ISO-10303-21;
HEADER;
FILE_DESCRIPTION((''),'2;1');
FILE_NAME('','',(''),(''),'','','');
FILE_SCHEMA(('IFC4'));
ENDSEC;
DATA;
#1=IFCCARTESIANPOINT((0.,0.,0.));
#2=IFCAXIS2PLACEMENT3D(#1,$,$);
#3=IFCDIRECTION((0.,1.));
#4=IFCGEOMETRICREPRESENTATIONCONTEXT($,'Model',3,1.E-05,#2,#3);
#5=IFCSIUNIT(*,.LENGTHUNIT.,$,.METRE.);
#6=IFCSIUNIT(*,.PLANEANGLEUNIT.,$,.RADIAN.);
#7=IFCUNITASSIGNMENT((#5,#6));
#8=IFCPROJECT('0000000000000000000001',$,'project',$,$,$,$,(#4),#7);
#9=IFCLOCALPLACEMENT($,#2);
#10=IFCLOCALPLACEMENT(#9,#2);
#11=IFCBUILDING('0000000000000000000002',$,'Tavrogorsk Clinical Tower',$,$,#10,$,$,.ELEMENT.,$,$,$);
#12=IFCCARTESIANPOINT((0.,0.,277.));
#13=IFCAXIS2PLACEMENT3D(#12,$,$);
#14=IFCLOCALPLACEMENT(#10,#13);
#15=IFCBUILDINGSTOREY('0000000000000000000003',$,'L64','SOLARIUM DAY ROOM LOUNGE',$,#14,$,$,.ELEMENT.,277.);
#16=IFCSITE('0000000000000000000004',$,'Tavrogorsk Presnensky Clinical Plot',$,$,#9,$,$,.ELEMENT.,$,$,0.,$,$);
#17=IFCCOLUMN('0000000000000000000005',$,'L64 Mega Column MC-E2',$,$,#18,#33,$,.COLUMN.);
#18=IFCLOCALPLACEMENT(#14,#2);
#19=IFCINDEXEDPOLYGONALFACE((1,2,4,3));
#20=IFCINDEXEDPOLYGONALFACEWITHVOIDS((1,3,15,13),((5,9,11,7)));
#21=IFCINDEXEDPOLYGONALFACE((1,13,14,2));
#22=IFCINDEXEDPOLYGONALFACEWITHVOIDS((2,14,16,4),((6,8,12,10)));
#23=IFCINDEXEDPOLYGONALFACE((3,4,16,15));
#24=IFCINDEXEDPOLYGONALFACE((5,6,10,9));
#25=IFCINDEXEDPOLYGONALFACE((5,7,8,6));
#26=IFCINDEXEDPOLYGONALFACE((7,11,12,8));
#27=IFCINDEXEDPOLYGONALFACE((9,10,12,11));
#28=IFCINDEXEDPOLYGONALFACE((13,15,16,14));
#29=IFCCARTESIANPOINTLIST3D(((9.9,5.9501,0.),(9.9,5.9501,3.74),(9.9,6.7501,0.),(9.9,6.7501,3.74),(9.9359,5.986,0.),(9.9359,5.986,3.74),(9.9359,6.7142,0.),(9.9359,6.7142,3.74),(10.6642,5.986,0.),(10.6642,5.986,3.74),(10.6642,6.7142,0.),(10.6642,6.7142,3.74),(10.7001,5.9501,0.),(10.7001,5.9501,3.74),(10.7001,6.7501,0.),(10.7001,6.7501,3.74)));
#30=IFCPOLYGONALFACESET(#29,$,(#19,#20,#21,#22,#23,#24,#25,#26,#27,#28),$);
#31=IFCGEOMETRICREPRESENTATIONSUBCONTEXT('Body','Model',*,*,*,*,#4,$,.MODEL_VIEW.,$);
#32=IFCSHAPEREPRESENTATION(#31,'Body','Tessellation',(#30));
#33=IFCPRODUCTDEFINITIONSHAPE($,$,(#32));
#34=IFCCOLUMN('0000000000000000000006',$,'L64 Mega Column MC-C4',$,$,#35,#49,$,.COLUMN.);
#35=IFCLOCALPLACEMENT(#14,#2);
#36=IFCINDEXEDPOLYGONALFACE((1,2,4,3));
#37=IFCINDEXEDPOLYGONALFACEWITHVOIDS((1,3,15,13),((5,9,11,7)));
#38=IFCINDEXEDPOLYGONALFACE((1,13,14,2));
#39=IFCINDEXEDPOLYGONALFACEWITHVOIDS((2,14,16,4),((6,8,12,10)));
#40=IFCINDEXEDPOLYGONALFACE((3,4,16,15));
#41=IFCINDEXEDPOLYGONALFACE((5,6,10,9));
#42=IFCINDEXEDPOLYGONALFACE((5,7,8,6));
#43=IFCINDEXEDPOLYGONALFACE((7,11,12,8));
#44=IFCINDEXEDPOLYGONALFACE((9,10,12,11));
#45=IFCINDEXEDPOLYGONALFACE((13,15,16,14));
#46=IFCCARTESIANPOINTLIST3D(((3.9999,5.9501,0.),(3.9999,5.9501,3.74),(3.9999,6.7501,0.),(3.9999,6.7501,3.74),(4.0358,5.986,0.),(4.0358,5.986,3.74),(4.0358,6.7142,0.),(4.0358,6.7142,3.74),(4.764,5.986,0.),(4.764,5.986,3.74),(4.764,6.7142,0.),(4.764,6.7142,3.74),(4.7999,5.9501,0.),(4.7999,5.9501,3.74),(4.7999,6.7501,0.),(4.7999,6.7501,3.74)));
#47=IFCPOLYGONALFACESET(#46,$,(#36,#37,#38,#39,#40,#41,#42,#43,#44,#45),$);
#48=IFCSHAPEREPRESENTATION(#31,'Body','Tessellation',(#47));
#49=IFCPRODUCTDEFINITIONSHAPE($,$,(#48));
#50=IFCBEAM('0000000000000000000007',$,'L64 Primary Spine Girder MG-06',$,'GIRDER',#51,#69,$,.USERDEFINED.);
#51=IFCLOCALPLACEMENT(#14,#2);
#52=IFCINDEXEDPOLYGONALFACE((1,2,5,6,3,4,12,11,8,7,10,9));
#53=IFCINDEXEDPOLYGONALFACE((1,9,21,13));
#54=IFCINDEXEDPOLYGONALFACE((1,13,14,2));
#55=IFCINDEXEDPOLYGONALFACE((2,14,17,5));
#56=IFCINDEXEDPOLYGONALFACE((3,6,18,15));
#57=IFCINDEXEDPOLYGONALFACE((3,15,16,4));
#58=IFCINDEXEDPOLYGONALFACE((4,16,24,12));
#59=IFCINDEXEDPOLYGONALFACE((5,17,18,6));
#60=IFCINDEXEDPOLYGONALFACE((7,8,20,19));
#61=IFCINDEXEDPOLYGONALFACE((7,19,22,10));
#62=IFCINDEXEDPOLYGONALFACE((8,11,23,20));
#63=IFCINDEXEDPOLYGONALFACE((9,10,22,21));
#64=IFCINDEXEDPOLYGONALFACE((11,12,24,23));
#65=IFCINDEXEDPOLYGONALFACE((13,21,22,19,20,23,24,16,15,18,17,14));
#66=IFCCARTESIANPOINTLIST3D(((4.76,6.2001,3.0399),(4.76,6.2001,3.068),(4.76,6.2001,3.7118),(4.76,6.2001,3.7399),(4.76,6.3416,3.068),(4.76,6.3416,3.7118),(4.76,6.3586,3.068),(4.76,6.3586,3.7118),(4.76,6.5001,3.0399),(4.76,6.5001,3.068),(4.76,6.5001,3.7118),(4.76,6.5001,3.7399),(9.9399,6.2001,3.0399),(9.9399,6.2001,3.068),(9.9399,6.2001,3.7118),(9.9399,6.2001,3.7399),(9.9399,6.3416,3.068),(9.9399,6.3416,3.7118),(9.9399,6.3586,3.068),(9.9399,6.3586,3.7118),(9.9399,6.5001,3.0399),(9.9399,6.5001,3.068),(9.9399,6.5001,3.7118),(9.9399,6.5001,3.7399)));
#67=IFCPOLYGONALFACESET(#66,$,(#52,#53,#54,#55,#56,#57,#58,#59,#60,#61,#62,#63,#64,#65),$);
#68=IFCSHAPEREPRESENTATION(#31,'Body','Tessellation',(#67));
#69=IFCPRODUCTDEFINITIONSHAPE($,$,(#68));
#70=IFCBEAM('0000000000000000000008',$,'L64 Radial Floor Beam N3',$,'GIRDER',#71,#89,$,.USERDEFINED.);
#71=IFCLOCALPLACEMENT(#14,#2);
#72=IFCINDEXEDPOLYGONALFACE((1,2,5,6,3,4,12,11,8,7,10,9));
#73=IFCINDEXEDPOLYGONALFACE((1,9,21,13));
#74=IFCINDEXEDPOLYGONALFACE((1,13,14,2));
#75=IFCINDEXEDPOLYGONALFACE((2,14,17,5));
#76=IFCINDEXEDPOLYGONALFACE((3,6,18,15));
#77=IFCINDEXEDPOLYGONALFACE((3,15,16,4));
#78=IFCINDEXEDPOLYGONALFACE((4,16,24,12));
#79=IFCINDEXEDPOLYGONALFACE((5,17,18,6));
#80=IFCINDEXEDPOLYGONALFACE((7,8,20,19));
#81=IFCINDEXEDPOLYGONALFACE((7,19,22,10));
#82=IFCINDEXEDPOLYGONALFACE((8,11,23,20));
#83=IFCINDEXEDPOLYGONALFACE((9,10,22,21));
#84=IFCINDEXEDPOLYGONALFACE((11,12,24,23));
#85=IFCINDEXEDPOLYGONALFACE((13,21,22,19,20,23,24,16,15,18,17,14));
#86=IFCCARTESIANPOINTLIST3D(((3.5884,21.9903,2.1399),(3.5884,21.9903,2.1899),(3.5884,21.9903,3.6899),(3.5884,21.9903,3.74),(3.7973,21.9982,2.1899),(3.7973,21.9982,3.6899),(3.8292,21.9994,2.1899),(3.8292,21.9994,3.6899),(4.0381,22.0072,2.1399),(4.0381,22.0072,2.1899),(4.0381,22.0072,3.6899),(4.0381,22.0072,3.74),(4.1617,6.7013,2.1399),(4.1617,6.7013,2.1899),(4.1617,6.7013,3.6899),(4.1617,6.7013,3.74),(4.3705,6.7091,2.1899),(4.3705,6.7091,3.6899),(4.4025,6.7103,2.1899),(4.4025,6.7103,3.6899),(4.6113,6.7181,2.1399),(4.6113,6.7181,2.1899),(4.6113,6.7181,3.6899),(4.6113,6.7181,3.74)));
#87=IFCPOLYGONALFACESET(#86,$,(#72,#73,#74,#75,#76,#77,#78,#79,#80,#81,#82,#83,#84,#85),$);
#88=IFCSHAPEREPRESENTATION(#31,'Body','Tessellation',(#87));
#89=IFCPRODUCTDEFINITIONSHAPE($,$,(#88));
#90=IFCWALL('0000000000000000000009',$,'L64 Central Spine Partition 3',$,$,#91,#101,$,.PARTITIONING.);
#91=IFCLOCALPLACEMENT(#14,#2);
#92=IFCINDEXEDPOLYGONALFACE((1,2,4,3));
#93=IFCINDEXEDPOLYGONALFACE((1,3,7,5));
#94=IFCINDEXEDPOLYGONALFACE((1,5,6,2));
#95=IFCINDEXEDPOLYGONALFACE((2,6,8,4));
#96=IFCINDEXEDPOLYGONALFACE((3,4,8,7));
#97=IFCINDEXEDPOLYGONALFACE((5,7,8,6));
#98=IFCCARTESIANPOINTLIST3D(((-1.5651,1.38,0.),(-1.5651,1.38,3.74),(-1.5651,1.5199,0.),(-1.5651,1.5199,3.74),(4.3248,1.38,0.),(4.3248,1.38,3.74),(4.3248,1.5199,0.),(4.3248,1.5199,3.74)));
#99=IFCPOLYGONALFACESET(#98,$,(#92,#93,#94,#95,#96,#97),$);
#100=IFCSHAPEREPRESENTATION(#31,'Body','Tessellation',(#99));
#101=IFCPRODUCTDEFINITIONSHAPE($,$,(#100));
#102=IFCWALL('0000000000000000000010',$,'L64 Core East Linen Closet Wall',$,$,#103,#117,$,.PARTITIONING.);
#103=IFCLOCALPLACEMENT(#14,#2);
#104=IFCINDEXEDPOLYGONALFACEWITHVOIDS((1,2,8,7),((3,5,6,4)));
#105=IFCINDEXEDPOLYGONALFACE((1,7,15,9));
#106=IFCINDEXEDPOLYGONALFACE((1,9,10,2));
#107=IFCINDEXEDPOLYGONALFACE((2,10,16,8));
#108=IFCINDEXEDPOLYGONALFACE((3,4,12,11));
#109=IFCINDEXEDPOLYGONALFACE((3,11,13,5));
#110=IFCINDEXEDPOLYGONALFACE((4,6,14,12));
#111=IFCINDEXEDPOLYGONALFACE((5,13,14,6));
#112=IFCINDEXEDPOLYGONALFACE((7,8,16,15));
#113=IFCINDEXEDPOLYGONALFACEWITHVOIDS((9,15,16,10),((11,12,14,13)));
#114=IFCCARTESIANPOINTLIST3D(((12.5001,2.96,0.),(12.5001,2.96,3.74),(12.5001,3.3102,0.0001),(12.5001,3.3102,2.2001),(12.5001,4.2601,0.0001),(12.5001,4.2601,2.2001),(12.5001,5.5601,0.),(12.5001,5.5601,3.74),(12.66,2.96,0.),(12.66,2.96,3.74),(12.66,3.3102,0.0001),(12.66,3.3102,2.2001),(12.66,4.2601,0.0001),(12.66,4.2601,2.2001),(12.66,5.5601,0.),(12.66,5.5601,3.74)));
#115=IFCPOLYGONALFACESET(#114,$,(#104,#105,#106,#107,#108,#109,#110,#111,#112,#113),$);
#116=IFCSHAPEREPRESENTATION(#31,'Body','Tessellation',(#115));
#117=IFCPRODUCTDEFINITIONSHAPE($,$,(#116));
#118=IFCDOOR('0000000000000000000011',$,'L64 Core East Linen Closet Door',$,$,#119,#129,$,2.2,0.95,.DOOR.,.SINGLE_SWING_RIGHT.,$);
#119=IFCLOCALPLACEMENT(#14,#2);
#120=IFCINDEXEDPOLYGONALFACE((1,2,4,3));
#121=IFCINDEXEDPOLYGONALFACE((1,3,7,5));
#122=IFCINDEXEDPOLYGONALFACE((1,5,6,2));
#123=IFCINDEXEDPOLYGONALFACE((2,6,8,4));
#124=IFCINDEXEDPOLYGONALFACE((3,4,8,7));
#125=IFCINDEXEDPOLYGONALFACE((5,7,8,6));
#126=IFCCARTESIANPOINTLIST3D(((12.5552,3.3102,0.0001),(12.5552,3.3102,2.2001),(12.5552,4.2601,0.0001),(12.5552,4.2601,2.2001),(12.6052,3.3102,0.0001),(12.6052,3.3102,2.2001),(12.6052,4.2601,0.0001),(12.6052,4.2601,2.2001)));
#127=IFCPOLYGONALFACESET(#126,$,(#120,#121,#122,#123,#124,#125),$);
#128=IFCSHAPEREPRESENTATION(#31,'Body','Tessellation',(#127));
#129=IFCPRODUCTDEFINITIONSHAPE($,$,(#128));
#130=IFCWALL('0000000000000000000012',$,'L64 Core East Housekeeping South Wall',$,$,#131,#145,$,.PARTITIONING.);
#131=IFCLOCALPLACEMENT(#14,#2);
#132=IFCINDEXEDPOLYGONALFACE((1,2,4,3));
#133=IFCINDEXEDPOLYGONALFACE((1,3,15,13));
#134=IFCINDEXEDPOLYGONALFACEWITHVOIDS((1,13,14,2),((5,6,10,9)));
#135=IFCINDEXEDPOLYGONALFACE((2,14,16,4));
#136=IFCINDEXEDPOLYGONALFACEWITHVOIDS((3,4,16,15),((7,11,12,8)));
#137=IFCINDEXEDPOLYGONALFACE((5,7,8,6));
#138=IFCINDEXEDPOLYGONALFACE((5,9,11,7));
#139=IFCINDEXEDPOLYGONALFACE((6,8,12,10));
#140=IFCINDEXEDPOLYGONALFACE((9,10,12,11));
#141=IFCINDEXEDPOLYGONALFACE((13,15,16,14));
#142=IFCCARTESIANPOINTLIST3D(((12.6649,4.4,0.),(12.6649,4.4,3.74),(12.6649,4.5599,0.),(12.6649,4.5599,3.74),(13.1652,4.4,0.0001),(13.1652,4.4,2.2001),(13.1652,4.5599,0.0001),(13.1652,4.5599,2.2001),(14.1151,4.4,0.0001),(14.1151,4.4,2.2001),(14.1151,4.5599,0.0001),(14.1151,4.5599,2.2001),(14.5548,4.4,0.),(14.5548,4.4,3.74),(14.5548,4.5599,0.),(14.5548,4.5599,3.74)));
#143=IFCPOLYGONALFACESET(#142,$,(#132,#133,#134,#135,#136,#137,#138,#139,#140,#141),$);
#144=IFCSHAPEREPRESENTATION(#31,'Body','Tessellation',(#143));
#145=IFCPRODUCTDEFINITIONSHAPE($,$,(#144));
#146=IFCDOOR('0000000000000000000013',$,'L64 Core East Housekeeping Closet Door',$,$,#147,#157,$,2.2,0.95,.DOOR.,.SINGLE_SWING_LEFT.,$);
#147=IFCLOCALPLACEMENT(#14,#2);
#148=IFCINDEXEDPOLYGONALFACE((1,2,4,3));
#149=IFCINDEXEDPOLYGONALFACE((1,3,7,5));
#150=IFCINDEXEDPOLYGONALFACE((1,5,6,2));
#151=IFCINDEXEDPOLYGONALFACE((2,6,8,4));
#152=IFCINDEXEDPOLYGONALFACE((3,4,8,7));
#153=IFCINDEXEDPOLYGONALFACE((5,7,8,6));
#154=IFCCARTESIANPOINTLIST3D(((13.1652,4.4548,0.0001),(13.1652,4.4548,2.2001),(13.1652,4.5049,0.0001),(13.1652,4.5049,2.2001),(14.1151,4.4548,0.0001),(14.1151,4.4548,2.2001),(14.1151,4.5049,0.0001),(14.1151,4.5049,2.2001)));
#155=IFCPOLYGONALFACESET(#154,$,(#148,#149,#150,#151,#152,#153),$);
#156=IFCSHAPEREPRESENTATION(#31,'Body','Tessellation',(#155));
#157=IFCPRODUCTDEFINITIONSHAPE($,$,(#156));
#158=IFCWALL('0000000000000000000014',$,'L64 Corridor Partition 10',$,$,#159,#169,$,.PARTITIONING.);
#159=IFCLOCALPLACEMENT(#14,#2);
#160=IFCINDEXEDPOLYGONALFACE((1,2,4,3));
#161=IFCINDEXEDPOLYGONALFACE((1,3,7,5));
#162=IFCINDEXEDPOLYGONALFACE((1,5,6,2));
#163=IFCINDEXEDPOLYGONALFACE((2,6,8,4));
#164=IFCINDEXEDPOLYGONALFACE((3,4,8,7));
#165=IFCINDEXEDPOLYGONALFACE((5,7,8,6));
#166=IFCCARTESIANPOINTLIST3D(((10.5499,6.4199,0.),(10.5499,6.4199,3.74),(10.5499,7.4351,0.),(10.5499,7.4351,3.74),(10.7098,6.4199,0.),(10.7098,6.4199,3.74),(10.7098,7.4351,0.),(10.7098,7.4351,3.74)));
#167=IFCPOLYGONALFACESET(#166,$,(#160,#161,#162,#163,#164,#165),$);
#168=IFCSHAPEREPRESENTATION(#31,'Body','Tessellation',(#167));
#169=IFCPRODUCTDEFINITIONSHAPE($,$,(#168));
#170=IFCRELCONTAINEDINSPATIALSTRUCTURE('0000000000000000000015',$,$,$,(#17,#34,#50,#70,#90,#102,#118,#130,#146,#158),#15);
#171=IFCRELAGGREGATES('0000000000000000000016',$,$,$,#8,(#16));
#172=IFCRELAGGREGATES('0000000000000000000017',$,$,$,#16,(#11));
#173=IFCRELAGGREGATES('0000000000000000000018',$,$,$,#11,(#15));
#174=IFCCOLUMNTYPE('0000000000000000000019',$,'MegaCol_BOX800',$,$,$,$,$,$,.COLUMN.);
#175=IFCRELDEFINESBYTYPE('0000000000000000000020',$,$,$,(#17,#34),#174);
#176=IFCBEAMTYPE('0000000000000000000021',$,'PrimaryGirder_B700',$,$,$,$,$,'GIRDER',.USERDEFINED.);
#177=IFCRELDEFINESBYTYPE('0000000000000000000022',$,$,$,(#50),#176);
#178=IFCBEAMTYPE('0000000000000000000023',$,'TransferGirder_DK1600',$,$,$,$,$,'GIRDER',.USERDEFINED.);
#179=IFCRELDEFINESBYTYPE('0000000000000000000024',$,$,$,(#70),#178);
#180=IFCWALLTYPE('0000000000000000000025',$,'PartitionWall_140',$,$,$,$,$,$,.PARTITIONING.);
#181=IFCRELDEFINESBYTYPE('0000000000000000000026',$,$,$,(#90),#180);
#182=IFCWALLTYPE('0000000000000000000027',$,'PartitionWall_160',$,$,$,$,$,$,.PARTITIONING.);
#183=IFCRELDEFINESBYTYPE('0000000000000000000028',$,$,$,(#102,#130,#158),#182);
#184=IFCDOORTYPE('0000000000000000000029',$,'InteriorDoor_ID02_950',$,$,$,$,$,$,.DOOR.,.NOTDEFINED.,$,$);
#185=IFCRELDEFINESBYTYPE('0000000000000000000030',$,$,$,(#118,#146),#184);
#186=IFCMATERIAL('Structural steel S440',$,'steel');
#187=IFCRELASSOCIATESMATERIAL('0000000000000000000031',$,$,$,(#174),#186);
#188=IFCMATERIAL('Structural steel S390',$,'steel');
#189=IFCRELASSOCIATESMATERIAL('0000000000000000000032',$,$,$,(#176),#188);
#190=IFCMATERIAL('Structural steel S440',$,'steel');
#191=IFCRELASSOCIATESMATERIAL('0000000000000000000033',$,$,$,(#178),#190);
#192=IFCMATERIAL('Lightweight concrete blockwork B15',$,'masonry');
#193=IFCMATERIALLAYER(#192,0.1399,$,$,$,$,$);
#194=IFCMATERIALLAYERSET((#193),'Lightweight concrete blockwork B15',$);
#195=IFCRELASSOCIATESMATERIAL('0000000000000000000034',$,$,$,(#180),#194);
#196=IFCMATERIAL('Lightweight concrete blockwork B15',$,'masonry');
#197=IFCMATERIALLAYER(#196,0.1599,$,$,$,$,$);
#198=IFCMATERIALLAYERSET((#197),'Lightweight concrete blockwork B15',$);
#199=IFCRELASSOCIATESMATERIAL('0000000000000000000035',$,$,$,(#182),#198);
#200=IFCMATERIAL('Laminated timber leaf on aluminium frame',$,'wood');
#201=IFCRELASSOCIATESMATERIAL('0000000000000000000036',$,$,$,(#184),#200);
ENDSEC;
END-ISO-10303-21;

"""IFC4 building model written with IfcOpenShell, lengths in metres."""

from ifc_helpers import new_model, si_unit, direction, frame, frame_2d, origin, origin_2d, place, context, subcontext, project, spatial, rectangle, hollow_rectangle, i_section, extrude, material, layer, layer_set, material_profile, profile_set, type_object, element, fill, save


model = new_model("IFC4")

# Units and contexts
model_context = context("Model", 3, precision=1e-05, world=origin(), true_north=direction((0.0, 1.0)))
body_context = subcontext(model_context, "Body", "Model", "MODEL_VIEW")
ifc_project = project(units=[si_unit("LENGTHUNIT", "METRE"), si_unit("PLANEANGLEUNIT", "RADIAN")], contexts=[model_context])

# Site, building, storey
site_placement = place(None, origin())
site = spatial("IfcSite", under=ifc_project, at=site_placement, Name="Tavrogorsk Presnensky Clinical Plot", CompositionType="ELEMENT", RefElevation=0.0)
building_placement = place(site_placement, origin())
building = spatial("IfcBuilding", under=site, at=building_placement, Name="Tavrogorsk Clinical Tower", CompositionType="ELEMENT")
storey_placement = place(building_placement, frame((0.0, 0.0, 277.0)))
storey = spatial("IfcBuildingStorey", under=building, at=storey_placement, Name="L64", Description="SOLARIUM DAY ROOM LOUNGE", CompositionType="ELEMENT", Elevation=277.0)

# Columns
ifc_material_1 = material(Name="Structural steel S440", Category="steel")
ifc_material_profile_1 = material_profile(ifc_material_1, hollow_rectangle(XDim=0.8, YDim=0.8, WallThickness=0.0359, at=origin_2d()), Name="BOX-800x800x36")
ifc_profile_set_1 = profile_set([ifc_material_profile_1], Name="Structural steel S440")
column_type = type_object("IfcColumnType", Name="MegaCol_BOX800", PredefinedType="COLUMN", material=ifc_profile_set_1)
for number, where, z_axis, x_axis, name in (
    (1, (10.3, 6.3501, 0.0), (0.0, 0.0, 1.0), (1.0, 0.0, 0.0), "L64 Mega Column MC-E2"),
    (2, (4.3999, 6.3501, 0.0), (0.0, 0.0, 1.0), (1.0, 0.0, 0.0), "L64 Mega Column MC-C4"),
):
    element("IfcColumn", number, at=place(storey_placement, frame(where, z_axis=z_axis, x_axis=x_axis)), inside=storey, type_object=column_type, Name=name, PredefinedType="COLUMN", context=body_context, shape_type="SweptSolid", body=[
        extrude(hollow_rectangle(XDim=0.8, YDim=0.8, WallThickness=0.0359, at=origin_2d()), origin(), (0.0, 0.0, 1.0), 3.74),
    ])

# Beams
ifc_material_2 = material(Name="Structural steel S390", Category="steel")
ifc_material_profile_2 = material_profile(ifc_material_2, i_section(OverallWidth=0.3, OverallDepth=0.7, WebThickness=0.0171, FlangeThickness=0.0281, at=origin_2d()), Name="B-700x300x17x28")
ifc_profile_set_2 = profile_set([ifc_material_profile_2], Name="Structural steel S390")
beam_type_1 = type_object("IfcBeamType", Name="PrimaryGirder_B700", ElementType="GIRDER", PredefinedType="USERDEFINED", material=ifc_profile_set_2)
beam_1_placement = place(storey_placement, frame((4.76, 6.3501, 3.3899), z_axis=(1.0, 0.0, 0.0), x_axis=(0.0, 1.0, 0.0)))
element("IfcBeam", 3, at=beam_1_placement, inside=storey, type_object=beam_type_1, Name="L64 Primary Spine Girder MG-06", ObjectType="GIRDER", PredefinedType="USERDEFINED", context=body_context, shape_type="SweptSolid", body=[
    extrude(i_section(OverallWidth=0.3, OverallDepth=0.7, WebThickness=0.0171, FlangeThickness=0.0281, at=origin_2d()), origin(), (0.0, 0.0, 1.0), 5.1799),
])
ifc_material_3 = material(Name="Structural steel S440", Category="steel")
ifc_material_profile_3 = material_profile(ifc_material_3, i_section(OverallWidth=0.45, OverallDepth=1.6001, WebThickness=0.032, FlangeThickness=0.05, at=origin_2d()), Name="DK-1600x450x32x50")
ifc_profile_set_3 = profile_set([ifc_material_profile_3], Name="Structural steel S440")
beam_type_2 = type_object("IfcBeamType", Name="TransferGirder_DK1600", ElementType="GIRDER", PredefinedType="USERDEFINED", material=ifc_profile_set_3)
beam_2_placement = place(storey_placement, frame((4.3865, 6.7097, 2.9399), z_axis=(-0.037467, 0.999298, 0.0), x_axis=(-0.999298, -0.037467, 0.0)))
element("IfcBeam", 4, at=beam_2_placement, inside=storey, type_object=beam_type_2, Name="L64 Radial Floor Beam N3", ObjectType="GIRDER", PredefinedType="USERDEFINED", context=body_context, shape_type="SweptSolid", body=[
    extrude(i_section(OverallWidth=0.45, OverallDepth=1.6001, WebThickness=0.032, FlangeThickness=0.05, at=origin_2d()), origin(), (0.0, 0.0, 1.0), 15.2998),
])

# Wall
ifc_material_4 = material(Name="Lightweight concrete blockwork B15", Category="masonry")
ifc_layer_1 = layer(ifc_material_4, 0.1399)
ifc_layer_set_1 = layer_set([ifc_layer_1], Name="Lightweight concrete blockwork B15")
wall_type_1 = type_object("IfcWallType", Name="PartitionWall_140", PredefinedType="PARTITIONING", material=ifc_layer_set_1)
wall_1_placement = place(storey_placement, frame((-1.5649, 1.45, 0.0), z_axis=(0.0, 0.0, 1.0), x_axis=(1.0, 0.0, 0.0)))
element("IfcWall", 5, at=wall_1_placement, inside=storey, type_object=wall_type_1, Name="L64 Central Spine Partition 3", PredefinedType="PARTITIONING", context=body_context, shape_type="SweptSolid", body=[
    extrude(rectangle(XDim=5.8899, YDim=0.1399, at=frame_2d((2.9448, 0.0))), origin(), (0.0, 0.0, 1.0), 3.74),
])

# Walls, openings, doors
ifc_material_5 = material(Name="Lightweight concrete blockwork B15", Category="masonry")
ifc_layer_2 = layer(ifc_material_5, 0.1599)
ifc_layer_set_2 = layer_set([ifc_layer_2], Name="Lightweight concrete blockwork B15")
wall_type_2 = type_object("IfcWallType", Name="PartitionWall_160", PredefinedType="PARTITIONING", material=ifc_layer_set_2)
wall_2_placement = place(storey_placement, frame((12.5801, 2.96, 0.0), z_axis=(0.0, 0.0, 1.0), x_axis=(0.0, 1.0, 0.0)))
wall_2 = element("IfcWall", 6, at=wall_2_placement, inside=storey, type_object=wall_type_2, Name="L64 Core East Linen Closet Wall", PredefinedType="PARTITIONING", context=body_context, shape_type="SweptSolid", body=[
    extrude(rectangle(XDim=2.6001, YDim=0.1599, at=frame_2d((1.3, 0.0))), origin(), (0.0, 0.0, 1.0), 3.74),
])
opening_1_placement = place(wall_2_placement, frame((0.3501, 0.0, 0.0)))
opening_1 = element("IfcOpeningElement", 7, at=opening_1_placement, cuts=wall_2, PredefinedType="OPENING", context=body_context, shape_type="SweptSolid", body=[
    extrude(rectangle(XDim=0.95, YDim=2.2, at=frame_2d((0.4751, 1.1001))), frame((0.0, 0.0898, 0.0), z_axis=(0.0, -1.0, 0.0), x_axis=(1.0, 0.0, 0.0)), (0.0, 0.0, 1.0), 0.1799),
])
ifc_material_6 = material(Name="Laminated timber leaf on aluminium frame", Category="wood")
door_type_1 = type_object("IfcDoorType", Name="InteriorDoor_ID02_950", OperationType="NOTDEFINED", PredefinedType="DOOR", material=ifc_material_6)
door_1_placement = place(opening_1_placement, origin())
door_1 = element("IfcDoor", 8, at=door_1_placement, inside=storey, type_object=door_type_1, Name="L64 Core East Linen Closet Door", OperationType="SINGLE_SWING_RIGHT", OverallHeight=2.2, OverallWidth=0.95, PredefinedType="DOOR", context=body_context, shape_type="SweptSolid", body=[
    extrude(rectangle(XDim=0.95, YDim=2.2, at=frame_2d((0.4751, 1.1001))), frame((0.0, 0.0249, 0.0), z_axis=(0.0, -1.0, 0.0), x_axis=(1.0, 0.0, 0.0)), (0.0, 0.0, 1.0), 0.05),
])
fill(opening_1, door_1)
wall_3_placement = place(storey_placement, frame((12.665, 4.48, 0.0), z_axis=(0.0, 0.0, 1.0), x_axis=(1.0, 0.0, 0.0)))
wall_3 = element("IfcWall", 9, at=wall_3_placement, inside=storey, type_object=wall_type_2, Name="L64 Core East Housekeeping South Wall", PredefinedType="PARTITIONING", context=body_context, shape_type="SweptSolid", body=[
    extrude(rectangle(XDim=1.8899, YDim=0.1599, at=frame_2d((0.9448, 0.0))), origin(), (0.0, 0.0, 1.0), 3.74),
])
opening_2_placement = place(wall_3_placement, frame((0.5, 0.0, 0.0)))
opening_2 = element("IfcOpeningElement", 10, at=opening_2_placement, cuts=wall_3, PredefinedType="OPENING", context=body_context, shape_type="SweptSolid", body=[
    extrude(rectangle(XDim=0.95, YDim=2.2, at=frame_2d((0.4751, 1.1001))), frame((0.0, 0.0898, 0.0), z_axis=(0.0, -1.0, 0.0), x_axis=(1.0, 0.0, 0.0)), (0.0, 0.0, 1.0), 0.1799),
])
door_2_placement = place(opening_2_placement, origin())
door_2 = element("IfcDoor", 11, at=door_2_placement, inside=storey, type_object=door_type_1, Name="L64 Core East Housekeeping Closet Door", OperationType="SINGLE_SWING_LEFT", OverallHeight=2.2, OverallWidth=0.95, PredefinedType="DOOR", context=body_context, shape_type="SweptSolid", body=[
    extrude(rectangle(XDim=0.95, YDim=2.2, at=frame_2d((0.4751, 1.1001))), frame((0.0, 0.0249, 0.0), z_axis=(0.0, -1.0, 0.0), x_axis=(1.0, 0.0, 0.0)), (0.0, 0.0, 1.0), 0.05),
])
fill(opening_2, door_2)

# Wall
wall_4_placement = place(storey_placement, frame((10.6299, 7.4351, 0.0), z_axis=(0.0, 0.0, 1.0), x_axis=(0.0, -1.0, 0.0)))
element("IfcWall", 12, at=wall_4_placement, inside=storey, type_object=wall_type_2, Name="L64 Corridor Partition 10", PredefinedType="PARTITIONING", context=body_context, shape_type="SweptSolid", body=[
    extrude(rectangle(XDim=1.0151, YDim=0.1599, at=frame_2d((0.5076, 0.0))), origin(), (0.0, 0.0, 1.0), 3.74),
])

save(model, "model.ifc")
